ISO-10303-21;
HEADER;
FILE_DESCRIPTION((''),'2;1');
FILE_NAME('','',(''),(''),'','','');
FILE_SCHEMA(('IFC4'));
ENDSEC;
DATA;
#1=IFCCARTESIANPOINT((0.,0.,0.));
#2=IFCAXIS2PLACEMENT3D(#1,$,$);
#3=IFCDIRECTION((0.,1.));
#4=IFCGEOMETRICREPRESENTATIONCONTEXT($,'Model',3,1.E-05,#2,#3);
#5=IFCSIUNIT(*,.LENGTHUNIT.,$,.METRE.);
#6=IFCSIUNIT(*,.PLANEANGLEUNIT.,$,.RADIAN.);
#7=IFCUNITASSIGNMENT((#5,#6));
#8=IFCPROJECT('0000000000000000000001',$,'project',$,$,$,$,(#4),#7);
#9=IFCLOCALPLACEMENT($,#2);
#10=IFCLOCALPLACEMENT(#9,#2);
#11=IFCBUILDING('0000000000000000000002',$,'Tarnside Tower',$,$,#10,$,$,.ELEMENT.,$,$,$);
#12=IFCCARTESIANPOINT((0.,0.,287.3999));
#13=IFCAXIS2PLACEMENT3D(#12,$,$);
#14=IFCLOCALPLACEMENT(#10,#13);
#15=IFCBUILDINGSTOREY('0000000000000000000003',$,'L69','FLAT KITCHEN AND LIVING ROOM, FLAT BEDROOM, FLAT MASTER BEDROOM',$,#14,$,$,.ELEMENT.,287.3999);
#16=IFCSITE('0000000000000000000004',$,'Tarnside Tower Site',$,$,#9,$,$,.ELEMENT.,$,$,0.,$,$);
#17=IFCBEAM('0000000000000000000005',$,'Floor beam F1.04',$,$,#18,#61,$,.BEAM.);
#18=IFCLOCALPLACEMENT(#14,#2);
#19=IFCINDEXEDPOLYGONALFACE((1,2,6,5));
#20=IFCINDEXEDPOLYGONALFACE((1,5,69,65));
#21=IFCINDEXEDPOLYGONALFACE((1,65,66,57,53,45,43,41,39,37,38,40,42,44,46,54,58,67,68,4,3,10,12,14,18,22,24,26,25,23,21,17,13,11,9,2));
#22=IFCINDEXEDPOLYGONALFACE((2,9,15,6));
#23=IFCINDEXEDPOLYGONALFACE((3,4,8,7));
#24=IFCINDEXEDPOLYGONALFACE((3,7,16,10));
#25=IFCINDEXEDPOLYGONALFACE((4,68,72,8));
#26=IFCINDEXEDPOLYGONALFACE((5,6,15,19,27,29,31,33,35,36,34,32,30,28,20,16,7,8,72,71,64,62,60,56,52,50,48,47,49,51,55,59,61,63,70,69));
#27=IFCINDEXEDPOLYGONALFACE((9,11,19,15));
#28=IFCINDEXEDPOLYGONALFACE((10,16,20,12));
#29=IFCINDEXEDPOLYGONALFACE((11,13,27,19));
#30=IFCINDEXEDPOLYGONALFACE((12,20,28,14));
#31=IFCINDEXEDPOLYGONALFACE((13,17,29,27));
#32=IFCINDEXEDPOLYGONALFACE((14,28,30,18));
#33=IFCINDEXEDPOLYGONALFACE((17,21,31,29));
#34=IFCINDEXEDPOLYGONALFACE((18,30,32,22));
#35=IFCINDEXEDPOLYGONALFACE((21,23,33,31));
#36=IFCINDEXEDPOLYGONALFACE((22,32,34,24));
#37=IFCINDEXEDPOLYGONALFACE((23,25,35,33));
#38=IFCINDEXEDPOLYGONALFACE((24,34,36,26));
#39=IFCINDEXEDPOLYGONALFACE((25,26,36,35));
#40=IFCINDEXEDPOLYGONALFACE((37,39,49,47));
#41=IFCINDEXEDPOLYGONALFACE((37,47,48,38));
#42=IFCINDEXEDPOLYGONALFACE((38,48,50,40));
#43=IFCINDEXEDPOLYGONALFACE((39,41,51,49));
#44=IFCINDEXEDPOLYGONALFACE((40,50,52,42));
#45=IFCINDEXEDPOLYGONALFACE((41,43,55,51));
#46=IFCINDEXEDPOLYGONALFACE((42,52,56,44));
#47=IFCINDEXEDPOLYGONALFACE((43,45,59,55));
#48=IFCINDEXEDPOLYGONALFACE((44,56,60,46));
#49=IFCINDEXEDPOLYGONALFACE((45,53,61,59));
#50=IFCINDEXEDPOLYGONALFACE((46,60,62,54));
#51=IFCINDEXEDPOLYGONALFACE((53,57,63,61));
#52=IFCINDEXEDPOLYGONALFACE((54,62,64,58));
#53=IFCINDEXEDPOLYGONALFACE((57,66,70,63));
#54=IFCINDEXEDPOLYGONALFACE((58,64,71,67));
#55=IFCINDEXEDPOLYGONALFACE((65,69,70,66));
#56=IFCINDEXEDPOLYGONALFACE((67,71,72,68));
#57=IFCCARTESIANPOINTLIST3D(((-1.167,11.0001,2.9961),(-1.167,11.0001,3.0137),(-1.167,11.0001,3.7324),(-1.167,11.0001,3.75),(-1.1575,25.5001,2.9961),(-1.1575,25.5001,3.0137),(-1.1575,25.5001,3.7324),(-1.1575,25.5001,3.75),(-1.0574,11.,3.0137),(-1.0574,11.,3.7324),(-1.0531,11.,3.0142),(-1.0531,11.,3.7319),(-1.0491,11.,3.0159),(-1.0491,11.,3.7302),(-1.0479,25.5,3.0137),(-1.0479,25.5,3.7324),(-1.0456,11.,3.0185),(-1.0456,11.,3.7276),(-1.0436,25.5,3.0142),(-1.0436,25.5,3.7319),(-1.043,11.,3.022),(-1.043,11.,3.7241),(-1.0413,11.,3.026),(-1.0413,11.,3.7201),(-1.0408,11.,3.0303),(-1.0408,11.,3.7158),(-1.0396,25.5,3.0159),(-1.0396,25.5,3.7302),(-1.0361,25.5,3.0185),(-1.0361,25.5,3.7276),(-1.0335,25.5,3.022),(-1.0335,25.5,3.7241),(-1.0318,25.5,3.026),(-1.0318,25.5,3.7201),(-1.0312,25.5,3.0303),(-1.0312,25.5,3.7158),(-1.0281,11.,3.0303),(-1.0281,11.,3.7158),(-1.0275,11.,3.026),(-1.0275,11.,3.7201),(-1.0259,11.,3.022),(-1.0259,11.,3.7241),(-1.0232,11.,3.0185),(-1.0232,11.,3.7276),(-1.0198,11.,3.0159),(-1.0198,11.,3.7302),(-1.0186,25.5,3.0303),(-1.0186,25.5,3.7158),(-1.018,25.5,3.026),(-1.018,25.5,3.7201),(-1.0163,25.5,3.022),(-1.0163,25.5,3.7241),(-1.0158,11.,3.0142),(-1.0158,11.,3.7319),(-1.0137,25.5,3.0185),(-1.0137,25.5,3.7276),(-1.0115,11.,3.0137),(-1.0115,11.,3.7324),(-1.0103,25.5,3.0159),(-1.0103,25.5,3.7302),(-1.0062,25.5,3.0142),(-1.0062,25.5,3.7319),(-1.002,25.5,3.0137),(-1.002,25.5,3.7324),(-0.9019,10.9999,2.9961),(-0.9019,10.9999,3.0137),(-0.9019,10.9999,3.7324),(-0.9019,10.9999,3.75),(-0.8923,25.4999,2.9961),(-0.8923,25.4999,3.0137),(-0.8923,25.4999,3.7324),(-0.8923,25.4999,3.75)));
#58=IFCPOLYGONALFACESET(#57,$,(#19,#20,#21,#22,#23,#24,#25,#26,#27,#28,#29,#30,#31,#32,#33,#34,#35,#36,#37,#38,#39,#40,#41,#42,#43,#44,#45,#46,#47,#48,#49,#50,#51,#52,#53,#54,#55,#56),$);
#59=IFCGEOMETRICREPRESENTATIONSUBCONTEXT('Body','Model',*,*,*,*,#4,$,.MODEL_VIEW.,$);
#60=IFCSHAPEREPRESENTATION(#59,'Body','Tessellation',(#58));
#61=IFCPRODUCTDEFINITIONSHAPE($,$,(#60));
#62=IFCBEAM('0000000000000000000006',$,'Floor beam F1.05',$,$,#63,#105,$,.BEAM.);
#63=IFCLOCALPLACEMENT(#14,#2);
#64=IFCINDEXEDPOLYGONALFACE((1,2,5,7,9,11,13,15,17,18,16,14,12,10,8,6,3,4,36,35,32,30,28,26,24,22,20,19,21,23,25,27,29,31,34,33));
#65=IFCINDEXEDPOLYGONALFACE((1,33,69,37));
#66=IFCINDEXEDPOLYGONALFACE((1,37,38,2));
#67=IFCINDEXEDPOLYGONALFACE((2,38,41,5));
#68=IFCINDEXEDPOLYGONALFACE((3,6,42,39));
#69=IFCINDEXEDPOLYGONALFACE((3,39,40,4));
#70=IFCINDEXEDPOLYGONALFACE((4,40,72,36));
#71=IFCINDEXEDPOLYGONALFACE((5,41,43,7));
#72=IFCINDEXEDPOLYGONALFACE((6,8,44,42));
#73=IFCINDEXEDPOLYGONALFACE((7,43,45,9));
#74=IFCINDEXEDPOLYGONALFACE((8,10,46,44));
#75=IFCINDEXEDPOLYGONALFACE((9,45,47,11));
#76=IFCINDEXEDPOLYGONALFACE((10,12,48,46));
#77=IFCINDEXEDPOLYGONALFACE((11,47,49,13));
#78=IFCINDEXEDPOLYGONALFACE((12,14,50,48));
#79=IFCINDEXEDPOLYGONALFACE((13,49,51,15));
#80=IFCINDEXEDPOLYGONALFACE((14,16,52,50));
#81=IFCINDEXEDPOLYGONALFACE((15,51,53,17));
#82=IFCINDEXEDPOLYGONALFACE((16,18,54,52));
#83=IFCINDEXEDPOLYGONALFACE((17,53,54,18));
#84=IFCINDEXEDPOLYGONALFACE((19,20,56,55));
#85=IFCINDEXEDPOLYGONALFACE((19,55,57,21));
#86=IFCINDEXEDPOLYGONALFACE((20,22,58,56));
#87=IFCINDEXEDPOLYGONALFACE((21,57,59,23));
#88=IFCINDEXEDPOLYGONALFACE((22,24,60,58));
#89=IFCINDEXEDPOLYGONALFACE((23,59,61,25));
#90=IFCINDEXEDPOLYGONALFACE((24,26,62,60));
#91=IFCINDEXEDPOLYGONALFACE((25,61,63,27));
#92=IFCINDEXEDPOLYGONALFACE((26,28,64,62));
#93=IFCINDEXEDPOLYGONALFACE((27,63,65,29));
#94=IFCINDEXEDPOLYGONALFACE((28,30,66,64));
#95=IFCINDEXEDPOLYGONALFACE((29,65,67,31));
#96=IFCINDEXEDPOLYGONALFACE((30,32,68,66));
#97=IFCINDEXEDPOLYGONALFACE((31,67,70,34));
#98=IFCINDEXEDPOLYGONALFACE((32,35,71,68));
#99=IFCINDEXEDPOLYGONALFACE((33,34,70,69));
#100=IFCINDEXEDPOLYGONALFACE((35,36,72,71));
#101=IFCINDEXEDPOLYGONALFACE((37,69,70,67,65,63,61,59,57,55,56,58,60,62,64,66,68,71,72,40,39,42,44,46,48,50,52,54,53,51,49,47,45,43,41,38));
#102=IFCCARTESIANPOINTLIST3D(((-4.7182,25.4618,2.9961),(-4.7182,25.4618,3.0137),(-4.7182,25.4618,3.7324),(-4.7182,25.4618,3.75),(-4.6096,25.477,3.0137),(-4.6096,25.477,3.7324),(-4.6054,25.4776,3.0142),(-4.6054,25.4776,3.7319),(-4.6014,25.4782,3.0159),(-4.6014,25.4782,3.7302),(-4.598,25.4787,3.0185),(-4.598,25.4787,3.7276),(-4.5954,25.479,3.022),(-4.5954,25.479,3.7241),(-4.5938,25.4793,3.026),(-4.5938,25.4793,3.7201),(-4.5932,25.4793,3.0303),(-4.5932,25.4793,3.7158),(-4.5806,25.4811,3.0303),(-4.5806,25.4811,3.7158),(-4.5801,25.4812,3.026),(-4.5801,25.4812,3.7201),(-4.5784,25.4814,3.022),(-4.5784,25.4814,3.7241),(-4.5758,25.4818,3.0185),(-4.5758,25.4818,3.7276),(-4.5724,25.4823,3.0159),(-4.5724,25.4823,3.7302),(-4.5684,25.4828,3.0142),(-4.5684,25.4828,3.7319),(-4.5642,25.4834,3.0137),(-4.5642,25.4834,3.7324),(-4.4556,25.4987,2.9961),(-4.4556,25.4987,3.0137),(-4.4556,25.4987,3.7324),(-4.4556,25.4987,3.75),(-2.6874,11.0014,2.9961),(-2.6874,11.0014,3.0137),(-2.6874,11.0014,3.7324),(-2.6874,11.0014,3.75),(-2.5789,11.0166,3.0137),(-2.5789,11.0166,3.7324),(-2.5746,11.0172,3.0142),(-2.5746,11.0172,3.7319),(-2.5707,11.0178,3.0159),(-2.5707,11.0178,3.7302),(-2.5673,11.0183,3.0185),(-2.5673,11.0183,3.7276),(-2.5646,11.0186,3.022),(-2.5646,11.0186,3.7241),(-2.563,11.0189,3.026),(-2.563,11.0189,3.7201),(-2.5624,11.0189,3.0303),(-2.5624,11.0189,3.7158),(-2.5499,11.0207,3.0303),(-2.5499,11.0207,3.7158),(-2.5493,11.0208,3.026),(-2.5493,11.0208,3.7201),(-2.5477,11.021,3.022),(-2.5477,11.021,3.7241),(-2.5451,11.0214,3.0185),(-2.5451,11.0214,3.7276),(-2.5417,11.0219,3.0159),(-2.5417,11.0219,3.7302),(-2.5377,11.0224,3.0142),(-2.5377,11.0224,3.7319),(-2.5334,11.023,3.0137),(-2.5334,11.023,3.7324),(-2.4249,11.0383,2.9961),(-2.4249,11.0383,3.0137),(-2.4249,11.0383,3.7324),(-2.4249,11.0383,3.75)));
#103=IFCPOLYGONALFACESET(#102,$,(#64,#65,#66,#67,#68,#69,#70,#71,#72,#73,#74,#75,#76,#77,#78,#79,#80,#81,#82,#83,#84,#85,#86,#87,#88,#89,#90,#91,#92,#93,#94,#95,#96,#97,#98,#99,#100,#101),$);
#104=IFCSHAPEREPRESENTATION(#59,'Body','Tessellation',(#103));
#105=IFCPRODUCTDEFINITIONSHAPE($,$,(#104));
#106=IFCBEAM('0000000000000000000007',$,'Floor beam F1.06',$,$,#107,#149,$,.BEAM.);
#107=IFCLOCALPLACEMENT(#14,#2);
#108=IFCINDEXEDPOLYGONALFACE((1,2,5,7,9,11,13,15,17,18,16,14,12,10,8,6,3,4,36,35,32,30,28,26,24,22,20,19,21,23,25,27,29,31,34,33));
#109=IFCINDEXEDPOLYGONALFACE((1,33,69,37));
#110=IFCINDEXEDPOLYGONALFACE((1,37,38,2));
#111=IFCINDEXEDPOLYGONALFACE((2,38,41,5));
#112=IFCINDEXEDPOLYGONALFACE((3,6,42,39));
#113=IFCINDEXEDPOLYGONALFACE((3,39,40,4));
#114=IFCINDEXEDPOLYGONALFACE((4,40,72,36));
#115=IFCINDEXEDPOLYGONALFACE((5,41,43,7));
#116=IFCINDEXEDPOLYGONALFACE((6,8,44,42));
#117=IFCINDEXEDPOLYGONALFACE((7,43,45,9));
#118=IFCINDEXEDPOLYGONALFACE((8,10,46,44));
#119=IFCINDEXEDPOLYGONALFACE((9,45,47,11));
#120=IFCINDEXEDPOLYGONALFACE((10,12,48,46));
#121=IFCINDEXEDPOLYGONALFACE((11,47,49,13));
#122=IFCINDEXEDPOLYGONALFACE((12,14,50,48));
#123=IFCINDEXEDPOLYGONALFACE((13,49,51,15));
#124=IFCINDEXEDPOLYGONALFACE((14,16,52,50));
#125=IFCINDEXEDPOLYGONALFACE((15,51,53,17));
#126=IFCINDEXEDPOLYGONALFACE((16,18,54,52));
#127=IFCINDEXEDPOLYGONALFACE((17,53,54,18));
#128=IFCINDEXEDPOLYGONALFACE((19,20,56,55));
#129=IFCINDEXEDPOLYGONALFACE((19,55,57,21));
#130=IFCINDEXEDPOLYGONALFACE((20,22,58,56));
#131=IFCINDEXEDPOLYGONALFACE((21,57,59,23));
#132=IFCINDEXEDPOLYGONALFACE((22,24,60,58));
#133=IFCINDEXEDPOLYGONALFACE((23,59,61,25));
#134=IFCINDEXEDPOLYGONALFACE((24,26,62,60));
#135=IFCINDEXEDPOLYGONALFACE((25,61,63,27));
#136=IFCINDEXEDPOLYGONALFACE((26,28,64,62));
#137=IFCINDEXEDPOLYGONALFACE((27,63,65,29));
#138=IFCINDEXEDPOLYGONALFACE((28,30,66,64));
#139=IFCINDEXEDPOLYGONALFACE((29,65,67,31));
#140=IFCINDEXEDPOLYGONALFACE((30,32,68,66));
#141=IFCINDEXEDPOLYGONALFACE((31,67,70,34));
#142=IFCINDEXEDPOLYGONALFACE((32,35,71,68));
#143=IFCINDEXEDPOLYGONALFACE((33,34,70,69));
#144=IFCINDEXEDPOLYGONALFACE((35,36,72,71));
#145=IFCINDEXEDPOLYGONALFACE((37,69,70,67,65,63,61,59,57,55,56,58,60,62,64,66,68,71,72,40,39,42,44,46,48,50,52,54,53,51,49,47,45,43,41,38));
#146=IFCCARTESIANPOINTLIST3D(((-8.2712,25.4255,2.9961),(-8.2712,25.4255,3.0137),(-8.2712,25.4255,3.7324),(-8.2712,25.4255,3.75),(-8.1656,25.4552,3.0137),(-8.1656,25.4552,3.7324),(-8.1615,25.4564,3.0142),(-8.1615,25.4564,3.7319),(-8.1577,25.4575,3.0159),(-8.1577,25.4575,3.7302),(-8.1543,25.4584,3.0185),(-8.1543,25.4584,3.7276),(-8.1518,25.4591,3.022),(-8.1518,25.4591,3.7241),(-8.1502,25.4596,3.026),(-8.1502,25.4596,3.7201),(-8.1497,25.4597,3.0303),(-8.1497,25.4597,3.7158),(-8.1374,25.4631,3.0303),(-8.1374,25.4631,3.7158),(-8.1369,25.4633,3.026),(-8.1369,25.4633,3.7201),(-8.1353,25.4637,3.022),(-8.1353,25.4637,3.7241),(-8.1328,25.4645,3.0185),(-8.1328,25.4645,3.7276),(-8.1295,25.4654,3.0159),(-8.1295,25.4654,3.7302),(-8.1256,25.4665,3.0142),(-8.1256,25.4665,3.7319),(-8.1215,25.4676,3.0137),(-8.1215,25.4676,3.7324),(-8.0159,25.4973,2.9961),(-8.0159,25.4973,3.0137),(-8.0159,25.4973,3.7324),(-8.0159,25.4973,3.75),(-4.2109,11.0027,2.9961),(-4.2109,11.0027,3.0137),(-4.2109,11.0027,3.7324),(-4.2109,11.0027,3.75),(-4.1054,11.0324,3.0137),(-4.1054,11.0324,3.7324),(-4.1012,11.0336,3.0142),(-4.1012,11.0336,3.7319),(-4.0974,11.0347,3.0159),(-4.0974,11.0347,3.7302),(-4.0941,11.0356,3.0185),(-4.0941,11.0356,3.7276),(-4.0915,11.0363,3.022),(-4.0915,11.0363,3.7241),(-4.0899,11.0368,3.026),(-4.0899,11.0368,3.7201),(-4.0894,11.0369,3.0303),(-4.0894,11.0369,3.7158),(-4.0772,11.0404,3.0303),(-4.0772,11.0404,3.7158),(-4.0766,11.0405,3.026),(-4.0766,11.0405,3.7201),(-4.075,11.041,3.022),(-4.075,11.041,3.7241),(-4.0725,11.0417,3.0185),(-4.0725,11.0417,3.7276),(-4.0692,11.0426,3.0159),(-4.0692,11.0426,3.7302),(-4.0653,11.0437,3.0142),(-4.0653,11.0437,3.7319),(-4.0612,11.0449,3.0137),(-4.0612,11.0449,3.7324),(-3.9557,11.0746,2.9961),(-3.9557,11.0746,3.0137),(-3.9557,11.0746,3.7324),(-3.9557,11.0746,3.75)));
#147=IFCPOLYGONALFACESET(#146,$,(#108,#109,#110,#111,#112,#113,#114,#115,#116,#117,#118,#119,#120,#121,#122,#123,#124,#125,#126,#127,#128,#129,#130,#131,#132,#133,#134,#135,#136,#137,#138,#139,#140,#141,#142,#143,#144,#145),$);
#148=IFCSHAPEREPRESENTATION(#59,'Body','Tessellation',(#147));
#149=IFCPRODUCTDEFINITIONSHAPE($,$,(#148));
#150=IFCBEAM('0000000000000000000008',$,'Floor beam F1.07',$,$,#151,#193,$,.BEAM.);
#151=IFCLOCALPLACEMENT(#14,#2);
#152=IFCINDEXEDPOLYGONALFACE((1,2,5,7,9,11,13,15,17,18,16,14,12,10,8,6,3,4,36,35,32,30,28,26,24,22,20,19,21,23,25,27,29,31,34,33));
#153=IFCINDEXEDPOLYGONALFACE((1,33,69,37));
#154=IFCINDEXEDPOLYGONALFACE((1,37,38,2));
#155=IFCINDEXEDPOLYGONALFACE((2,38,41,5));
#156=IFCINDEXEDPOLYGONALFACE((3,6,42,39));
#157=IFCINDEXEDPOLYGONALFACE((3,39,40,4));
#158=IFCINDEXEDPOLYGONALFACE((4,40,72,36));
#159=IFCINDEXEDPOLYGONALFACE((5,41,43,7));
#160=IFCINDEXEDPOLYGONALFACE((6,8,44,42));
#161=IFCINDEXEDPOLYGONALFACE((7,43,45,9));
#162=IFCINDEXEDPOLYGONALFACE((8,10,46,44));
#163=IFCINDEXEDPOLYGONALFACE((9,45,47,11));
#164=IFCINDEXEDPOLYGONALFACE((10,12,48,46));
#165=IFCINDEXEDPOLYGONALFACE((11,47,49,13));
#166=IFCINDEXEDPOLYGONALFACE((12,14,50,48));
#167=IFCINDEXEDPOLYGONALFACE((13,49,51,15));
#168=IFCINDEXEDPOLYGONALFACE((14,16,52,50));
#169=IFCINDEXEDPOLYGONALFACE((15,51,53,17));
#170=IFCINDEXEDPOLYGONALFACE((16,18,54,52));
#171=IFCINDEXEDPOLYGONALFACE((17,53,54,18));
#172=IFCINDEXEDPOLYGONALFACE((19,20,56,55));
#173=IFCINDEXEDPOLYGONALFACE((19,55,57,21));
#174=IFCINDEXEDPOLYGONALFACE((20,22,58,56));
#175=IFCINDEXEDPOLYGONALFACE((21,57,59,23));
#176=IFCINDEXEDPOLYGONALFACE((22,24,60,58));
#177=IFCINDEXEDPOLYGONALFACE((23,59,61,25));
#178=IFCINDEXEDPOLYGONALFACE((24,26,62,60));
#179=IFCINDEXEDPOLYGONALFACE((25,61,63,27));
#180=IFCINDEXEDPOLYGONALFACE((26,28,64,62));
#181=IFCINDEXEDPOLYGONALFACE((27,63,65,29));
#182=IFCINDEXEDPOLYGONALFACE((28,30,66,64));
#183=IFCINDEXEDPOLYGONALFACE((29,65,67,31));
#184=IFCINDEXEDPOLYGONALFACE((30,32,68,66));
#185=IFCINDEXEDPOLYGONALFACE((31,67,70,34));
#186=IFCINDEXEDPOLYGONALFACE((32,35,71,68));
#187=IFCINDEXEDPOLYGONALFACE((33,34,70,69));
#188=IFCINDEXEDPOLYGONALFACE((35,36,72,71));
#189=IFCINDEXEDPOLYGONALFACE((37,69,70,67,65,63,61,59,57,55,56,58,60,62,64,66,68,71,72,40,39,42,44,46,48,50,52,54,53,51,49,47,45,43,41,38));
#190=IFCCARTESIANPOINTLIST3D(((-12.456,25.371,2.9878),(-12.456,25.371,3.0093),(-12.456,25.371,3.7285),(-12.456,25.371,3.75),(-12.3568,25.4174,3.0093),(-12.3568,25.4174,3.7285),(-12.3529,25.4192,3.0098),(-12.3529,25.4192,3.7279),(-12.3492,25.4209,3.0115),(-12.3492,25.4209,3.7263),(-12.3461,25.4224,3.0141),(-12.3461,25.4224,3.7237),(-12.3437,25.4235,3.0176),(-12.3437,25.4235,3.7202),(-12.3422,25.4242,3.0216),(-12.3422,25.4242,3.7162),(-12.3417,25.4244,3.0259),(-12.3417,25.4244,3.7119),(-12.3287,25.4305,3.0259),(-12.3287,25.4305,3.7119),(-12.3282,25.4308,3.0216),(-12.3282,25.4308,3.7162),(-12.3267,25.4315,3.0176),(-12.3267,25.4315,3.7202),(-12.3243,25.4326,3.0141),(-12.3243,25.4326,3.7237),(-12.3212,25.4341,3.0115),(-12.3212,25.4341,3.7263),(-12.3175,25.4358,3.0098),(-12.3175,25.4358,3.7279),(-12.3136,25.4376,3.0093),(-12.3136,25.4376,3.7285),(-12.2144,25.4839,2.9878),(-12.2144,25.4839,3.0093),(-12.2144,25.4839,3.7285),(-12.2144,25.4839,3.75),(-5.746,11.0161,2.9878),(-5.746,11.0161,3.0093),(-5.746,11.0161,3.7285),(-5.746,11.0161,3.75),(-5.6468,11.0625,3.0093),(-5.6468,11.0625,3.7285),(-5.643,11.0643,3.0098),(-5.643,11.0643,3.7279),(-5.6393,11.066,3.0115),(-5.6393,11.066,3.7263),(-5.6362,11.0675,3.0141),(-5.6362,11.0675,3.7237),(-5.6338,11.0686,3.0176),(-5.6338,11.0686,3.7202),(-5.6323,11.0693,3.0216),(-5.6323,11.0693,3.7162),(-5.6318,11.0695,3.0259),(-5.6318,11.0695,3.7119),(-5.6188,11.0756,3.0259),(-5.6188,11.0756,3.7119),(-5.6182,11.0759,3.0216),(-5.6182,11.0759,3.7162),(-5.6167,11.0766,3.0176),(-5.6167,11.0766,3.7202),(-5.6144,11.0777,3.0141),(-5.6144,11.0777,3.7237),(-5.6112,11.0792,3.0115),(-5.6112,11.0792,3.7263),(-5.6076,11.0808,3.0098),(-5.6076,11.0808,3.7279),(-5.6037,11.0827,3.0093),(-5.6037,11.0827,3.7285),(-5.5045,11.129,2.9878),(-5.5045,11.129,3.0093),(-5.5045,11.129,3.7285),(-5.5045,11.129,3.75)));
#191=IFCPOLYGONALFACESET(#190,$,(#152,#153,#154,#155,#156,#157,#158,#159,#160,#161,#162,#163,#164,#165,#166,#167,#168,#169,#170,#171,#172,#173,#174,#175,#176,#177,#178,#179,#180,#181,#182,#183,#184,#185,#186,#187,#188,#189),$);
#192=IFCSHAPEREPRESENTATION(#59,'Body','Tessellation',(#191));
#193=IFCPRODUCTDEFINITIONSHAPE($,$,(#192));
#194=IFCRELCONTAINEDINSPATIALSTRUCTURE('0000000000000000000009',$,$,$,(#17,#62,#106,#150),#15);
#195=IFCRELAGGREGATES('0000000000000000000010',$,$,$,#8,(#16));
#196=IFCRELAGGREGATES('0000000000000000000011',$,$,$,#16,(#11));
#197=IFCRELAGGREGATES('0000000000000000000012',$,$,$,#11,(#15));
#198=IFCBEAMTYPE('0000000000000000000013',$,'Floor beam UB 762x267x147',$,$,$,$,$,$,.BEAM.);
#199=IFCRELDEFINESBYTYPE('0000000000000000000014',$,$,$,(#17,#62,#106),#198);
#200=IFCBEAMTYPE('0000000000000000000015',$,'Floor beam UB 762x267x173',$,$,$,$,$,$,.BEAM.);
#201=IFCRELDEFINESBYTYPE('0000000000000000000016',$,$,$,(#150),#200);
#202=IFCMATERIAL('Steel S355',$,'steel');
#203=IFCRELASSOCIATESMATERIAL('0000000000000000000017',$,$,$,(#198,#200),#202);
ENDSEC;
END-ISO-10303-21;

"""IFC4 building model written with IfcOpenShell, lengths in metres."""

from ifc_helpers import new_model, si_unit, direction, frame, origin, origin_2d, place, context, subcontext, project, spatial, i_section, extrude, material, material_profile, profile_set, type_object, element, save


model = new_model("IFC4")

# Units and contexts
model_context = context("Model", 3, precision=1e-05, world=origin(), true_north=direction((0.0, 1.0)))
body_context = subcontext(model_context, "Body", "Model", "MODEL_VIEW")
ifc_project = project(units=[si_unit("LENGTHUNIT", "METRE"), si_unit("PLANEANGLEUNIT", "RADIAN")], contexts=[model_context])

# Site, building, storey
site_placement = place(None, origin())
site = spatial("IfcSite", under=ifc_project, at=site_placement, Name="Tarnside Tower Site", CompositionType="ELEMENT", RefElevation=0.0)
building_placement = place(site_placement, origin())
building = spatial("IfcBuilding", under=site, at=building_placement, Name="Tarnside Tower", CompositionType="ELEMENT")
storey_placement = place(building_placement, frame((0.0, 0.0, 287.3999)))
storey = spatial("IfcBuildingStorey", under=building, at=storey_placement, Name="L69", Description="FLAT KITCHEN AND LIVING ROOM, FLAT BEDROOM, FLAT MASTER BEDROOM", CompositionType="ELEMENT", Elevation=287.3999)

# Beams
ifc_material_1 = material(Name="Steel S355", Category="steel")
ifc_material_profile_1 = material_profile(ifc_material_1, i_section(OverallWidth=0.2651, OverallDepth=0.7539, WebThickness=0.0127, FlangeThickness=0.0176, FilletRadius=0.0166, at=origin_2d()), Name="UB 762x267x147")
ifc_profile_set_1 = profile_set([ifc_material_profile_1], Name="Steel S355")
beam_type_1 = type_object("IfcBeamType", Name="Floor beam UB 762x267x147", PredefinedType="BEAM", material=ifc_profile_set_1)
beam_1_placement = place(storey_placement, frame((-1.0249, 25.5, 3.373), z_axis=(-0.000657, -1.0, 0.0), x_axis=(1.0, -0.000657, 0.0)))
element("IfcBeam", 1, at=beam_1_placement, inside=storey, type_object=beam_type_1, Name="Floor beam F1.04", PredefinedType="BEAM", context=body_context, shape_type="SweptSolid", body=[
    extrude(i_section(OverallWidth=0.2651, OverallDepth=0.7539, WebThickness=0.0127, FlangeThickness=0.0176, FilletRadius=0.0166, at=origin_2d()), origin(), (0.0, 0.0, 1.0), 14.5),
])
beam_2_placement = place(storey_placement, frame((-4.5869, 25.4802, 3.373), z_axis=(0.139071, -0.990282, 0.0), x_axis=(0.990282, 0.139071, 0.0)))
element("IfcBeam", 2, at=beam_2_placement, inside=storey, type_object=beam_type_1, Name="Floor beam F1.05", PredefinedType="BEAM", context=body_context, shape_type="SweptSolid", body=[
    extrude(i_section(OverallWidth=0.2651, OverallDepth=0.7539, WebThickness=0.0127, FlangeThickness=0.0176, FilletRadius=0.0166, at=origin_2d()), origin(), (0.0, 0.0, 1.0), 14.6023),
])
beam_3_placement = place(storey_placement, frame((-8.1436, 25.4614, 3.373), z_axis=(0.270985, -0.962583, 0.0), x_axis=(0.962583, 0.270985, 0.0)))
element("IfcBeam", 3, at=beam_3_placement, inside=storey, type_object=beam_type_1, Name="Floor beam F1.06", PredefinedType="BEAM", context=body_context, shape_type="SweptSolid", body=[
    extrude(i_section(OverallWidth=0.2651, OverallDepth=0.7539, WebThickness=0.0127, FlangeThickness=0.0176, FilletRadius=0.0166, at=origin_2d()), origin(), (0.0, 0.0, 1.0), 14.9834),
])
ifc_material_profile_2 = material_profile(ifc_material_1, i_section(OverallWidth=0.2666, OverallDepth=0.7622, WebThickness=0.0144, FlangeThickness=0.0215, FilletRadius=0.0166, at=origin_2d()), Name="UB 762x267x173")
ifc_profile_set_2 = profile_set([ifc_material_profile_2], Name="Steel S355")
beam_type_2 = type_object("IfcBeamType", Name="Floor beam UB 762x267x173", PredefinedType="BEAM", material=ifc_profile_set_2)
beam_4_placement = place(storey_placement, frame((-12.3352, 25.4275, 3.3689), z_axis=(0.423454, -0.905918, 0.0), x_axis=(0.905918, 0.423454, 0.0)))
element("IfcBeam", 4, at=beam_4_placement, inside=storey, type_object=beam_type_2, Name="Floor beam F1.07", PredefinedType="BEAM", context=body_context, shape_type="SweptSolid", body=[
    extrude(i_section(OverallWidth=0.2666, OverallDepth=0.7622, WebThickness=0.0144, FlangeThickness=0.0215, FilletRadius=0.0166, at=origin_2d()), origin(), (0.0, 0.0, 1.0), 15.8457),
])

save(model, "model.ifc")
